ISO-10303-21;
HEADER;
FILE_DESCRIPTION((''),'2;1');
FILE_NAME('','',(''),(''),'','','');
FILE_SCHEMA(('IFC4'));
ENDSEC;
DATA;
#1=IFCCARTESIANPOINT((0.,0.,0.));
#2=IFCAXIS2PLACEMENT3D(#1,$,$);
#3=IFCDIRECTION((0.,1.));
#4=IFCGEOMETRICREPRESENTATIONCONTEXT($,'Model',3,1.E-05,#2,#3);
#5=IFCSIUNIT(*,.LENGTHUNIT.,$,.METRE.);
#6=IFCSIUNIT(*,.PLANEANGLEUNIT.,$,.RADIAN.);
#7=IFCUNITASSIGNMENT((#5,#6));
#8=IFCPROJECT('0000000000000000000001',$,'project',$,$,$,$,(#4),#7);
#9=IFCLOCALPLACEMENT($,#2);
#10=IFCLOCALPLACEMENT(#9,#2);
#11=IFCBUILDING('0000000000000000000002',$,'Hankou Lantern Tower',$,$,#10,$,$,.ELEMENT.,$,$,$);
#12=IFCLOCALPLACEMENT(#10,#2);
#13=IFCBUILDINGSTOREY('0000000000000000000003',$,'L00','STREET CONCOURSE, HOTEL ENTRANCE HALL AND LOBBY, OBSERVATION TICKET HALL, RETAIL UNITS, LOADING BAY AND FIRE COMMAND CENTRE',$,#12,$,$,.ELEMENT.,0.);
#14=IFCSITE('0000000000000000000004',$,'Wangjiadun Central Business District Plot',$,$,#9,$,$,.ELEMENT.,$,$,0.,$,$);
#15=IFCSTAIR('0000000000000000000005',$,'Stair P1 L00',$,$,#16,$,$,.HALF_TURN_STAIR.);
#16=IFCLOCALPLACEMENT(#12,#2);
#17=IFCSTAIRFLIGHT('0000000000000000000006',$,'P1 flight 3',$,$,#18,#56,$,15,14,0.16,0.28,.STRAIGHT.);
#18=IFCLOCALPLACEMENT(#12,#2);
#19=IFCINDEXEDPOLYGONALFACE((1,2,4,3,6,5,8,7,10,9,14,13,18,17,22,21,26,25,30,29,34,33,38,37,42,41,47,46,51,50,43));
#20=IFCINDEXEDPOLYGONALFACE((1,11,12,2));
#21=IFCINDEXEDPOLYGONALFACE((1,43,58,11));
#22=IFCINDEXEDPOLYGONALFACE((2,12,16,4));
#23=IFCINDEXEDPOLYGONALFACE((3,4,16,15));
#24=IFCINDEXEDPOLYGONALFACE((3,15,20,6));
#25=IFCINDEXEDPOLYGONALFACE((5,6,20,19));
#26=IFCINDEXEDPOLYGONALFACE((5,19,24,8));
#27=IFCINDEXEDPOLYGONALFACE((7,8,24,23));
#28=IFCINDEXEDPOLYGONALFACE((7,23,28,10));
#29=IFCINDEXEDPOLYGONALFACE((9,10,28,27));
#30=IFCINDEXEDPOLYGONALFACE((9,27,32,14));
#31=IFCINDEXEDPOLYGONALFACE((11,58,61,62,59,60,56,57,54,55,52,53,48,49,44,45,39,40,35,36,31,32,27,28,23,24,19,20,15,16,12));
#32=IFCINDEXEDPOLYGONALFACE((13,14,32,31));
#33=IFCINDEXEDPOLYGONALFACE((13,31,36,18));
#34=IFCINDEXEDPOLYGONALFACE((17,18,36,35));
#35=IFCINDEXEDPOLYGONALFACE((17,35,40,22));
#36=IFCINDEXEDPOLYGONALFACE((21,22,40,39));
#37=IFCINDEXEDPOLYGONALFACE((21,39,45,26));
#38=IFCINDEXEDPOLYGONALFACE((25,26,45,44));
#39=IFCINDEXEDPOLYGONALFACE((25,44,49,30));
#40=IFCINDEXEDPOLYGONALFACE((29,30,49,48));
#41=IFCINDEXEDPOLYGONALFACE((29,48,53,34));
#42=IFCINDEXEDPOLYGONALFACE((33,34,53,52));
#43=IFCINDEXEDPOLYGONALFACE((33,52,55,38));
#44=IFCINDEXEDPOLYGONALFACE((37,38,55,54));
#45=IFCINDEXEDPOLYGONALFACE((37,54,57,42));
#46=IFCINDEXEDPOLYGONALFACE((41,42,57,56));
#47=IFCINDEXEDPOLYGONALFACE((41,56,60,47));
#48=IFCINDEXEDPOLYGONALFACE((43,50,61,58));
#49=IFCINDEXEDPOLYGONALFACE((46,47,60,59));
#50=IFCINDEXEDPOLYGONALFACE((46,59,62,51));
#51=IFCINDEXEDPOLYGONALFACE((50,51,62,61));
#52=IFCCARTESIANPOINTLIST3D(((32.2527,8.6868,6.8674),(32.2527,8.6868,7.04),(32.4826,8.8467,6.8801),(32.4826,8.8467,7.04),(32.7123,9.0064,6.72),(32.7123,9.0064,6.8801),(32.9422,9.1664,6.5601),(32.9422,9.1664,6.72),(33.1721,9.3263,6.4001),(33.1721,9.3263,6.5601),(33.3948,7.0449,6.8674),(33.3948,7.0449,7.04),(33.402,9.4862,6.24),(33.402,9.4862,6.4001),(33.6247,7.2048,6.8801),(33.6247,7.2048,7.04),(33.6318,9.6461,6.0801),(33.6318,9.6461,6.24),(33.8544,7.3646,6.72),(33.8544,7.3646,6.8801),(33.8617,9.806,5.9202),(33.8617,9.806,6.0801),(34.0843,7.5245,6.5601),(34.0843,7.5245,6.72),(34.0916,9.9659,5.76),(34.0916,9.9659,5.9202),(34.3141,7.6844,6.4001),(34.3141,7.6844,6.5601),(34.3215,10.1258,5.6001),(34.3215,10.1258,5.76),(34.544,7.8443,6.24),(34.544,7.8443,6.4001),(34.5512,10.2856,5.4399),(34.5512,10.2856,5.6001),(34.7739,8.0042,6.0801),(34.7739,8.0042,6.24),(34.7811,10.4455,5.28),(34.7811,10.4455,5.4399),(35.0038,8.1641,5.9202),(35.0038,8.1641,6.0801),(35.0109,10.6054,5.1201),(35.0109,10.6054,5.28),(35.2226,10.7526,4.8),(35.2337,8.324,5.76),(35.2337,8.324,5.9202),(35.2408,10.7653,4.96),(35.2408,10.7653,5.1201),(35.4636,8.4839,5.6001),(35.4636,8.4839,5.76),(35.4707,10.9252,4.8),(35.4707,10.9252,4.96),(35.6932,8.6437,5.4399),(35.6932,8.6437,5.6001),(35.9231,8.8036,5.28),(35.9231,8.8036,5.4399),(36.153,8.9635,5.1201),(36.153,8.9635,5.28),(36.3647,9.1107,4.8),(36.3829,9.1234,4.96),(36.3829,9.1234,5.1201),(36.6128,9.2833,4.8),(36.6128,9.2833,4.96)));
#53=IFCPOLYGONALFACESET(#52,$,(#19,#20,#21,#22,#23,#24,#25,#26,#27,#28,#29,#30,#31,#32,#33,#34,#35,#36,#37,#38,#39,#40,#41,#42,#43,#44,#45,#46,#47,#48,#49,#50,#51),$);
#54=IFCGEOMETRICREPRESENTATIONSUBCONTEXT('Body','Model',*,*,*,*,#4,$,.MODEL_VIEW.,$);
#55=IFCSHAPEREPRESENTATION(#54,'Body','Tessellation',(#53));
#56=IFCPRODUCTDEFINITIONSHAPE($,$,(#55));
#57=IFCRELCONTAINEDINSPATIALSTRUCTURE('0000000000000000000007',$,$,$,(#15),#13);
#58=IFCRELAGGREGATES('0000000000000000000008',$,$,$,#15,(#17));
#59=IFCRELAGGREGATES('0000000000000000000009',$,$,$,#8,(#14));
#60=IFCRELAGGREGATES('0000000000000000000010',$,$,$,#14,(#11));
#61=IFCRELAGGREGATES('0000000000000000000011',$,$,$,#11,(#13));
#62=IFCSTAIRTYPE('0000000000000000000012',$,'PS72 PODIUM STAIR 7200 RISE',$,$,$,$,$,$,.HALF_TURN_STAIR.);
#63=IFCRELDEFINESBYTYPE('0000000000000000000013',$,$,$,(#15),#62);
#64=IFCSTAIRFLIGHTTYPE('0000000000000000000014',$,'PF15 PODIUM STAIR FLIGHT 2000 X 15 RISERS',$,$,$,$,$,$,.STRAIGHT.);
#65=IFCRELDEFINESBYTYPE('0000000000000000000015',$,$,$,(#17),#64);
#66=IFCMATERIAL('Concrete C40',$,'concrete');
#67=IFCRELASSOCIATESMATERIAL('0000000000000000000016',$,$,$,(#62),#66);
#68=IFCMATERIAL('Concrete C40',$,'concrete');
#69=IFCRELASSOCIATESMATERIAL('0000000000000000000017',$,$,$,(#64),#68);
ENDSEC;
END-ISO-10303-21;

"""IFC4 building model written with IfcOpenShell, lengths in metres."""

from ifc_helpers import new_model, si_unit, direction, frame, origin, place, context, subcontext, project, spatial, polyline, outline, extrude, material, type_object, element, aggregate, save


model = new_model("IFC4")

# Units and contexts
model_context = context("Model", 3, precision=1e-05, world=origin(), true_north=direction((0.0, 1.0)))
body_context = subcontext(model_context, "Body", "Model", "MODEL_VIEW")
ifc_project = project(units=[si_unit("LENGTHUNIT", "METRE"), si_unit("PLANEANGLEUNIT", "RADIAN")], contexts=[model_context])

# Site, building, storey
site_placement = place(None, origin())
site = spatial("IfcSite", under=ifc_project, at=site_placement, Name="Wangjiadun Central Business District Plot", CompositionType="ELEMENT", RefElevation=0.0)
building_placement = place(site_placement, origin())
building = spatial("IfcBuilding", under=site, at=building_placement, Name="Hankou Lantern Tower", CompositionType="ELEMENT")
storey_placement = place(building_placement, origin())
storey = spatial("IfcBuildingStorey", under=building, at=storey_placement, Name="L00", Description="STREET CONCOURSE, HOTEL ENTRANCE HALL AND LOBBY, OBSERVATION TICKET HALL, RETAIL UNITS, LOADING BAY AND FIRE COMMAND CENTRE", CompositionType="ELEMENT", Elevation=0.0)

# Stair, stair flight
ifc_material_1 = material(Name="Concrete C40", Category="concrete")
stair_type = type_object("IfcStairType", Name="PS72 PODIUM STAIR 7200 RISE", PredefinedType="HALF_TURN_STAIR", material=ifc_material_1)
stair_placement = place(storey_placement, origin())
stair = element("IfcStair", 1, at=stair_placement, inside=storey, type_object=stair_type, Name="Stair P1 L00", PredefinedType="HALF_TURN_STAIR")
ifc_material_2 = material(Name="Concrete C40", Category="concrete")
stair_flight_type = type_object("IfcStairFlightType", Name="PF15 PODIUM STAIR FLIGHT 2000 X 15 RISERS", PredefinedType="STRAIGHT", material=ifc_material_2)
stair_flight_1_placement = place(storey_placement, frame((36.0417, 10.1042, 4.8), z_axis=(0.0, 0.0, 1.0), x_axis=(-0.820927, -0.571033, 0.0)))
stair_flight_1 = element("IfcStairFlight", 2, at=stair_flight_1_placement, type_object=stair_flight_type, Name="P1 flight 3", NumberOfRisers=15, NumberOfTreads=14, PredefinedType="STRAIGHT", RiserHeight=0.16, TreadLength=0.28, context=body_context, shape_type="SweptSolid", body=[
    extrude(outline(polyline([(0.0, 0.0), (0.0, 0.1599), (0.28, 0.1599), (0.28, 0.3201), (0.5601, 0.3201), (0.5601, 0.48), (0.8401, 0.48), (0.8401, 0.6399), (1.1201, 0.6399), (1.1201, 0.8), (1.3999, 0.8), (1.3999, 0.96), (1.6799, 0.96), (1.6799, 1.1201), (1.96, 1.1201), (1.96, 1.28), (2.24, 1.28), (2.24, 1.4399), (2.52, 1.4399), (2.52, 1.6001), (2.8, 1.6001), (2.8, 1.76), (3.0801, 1.76), (3.0801, 1.9199), (3.3601, 1.9199), (3.3601, 2.0801), (3.6399, 2.0801), (3.6399, 2.24), (3.9199, 2.24), (3.9199, 2.3999), (3.9199, 2.0674), (0.3022, 0.0), (0.0, 0.0)])), frame((0.0, 1.0, 0.0), z_axis=(0.0, -1.0, 0.0), x_axis=(1.0, 0.0, 0.0)), (0.0, 0.0, 1.0), 2.0),
])
aggregate(stair, [stair_flight_1])

save(model, "model.ifc")
